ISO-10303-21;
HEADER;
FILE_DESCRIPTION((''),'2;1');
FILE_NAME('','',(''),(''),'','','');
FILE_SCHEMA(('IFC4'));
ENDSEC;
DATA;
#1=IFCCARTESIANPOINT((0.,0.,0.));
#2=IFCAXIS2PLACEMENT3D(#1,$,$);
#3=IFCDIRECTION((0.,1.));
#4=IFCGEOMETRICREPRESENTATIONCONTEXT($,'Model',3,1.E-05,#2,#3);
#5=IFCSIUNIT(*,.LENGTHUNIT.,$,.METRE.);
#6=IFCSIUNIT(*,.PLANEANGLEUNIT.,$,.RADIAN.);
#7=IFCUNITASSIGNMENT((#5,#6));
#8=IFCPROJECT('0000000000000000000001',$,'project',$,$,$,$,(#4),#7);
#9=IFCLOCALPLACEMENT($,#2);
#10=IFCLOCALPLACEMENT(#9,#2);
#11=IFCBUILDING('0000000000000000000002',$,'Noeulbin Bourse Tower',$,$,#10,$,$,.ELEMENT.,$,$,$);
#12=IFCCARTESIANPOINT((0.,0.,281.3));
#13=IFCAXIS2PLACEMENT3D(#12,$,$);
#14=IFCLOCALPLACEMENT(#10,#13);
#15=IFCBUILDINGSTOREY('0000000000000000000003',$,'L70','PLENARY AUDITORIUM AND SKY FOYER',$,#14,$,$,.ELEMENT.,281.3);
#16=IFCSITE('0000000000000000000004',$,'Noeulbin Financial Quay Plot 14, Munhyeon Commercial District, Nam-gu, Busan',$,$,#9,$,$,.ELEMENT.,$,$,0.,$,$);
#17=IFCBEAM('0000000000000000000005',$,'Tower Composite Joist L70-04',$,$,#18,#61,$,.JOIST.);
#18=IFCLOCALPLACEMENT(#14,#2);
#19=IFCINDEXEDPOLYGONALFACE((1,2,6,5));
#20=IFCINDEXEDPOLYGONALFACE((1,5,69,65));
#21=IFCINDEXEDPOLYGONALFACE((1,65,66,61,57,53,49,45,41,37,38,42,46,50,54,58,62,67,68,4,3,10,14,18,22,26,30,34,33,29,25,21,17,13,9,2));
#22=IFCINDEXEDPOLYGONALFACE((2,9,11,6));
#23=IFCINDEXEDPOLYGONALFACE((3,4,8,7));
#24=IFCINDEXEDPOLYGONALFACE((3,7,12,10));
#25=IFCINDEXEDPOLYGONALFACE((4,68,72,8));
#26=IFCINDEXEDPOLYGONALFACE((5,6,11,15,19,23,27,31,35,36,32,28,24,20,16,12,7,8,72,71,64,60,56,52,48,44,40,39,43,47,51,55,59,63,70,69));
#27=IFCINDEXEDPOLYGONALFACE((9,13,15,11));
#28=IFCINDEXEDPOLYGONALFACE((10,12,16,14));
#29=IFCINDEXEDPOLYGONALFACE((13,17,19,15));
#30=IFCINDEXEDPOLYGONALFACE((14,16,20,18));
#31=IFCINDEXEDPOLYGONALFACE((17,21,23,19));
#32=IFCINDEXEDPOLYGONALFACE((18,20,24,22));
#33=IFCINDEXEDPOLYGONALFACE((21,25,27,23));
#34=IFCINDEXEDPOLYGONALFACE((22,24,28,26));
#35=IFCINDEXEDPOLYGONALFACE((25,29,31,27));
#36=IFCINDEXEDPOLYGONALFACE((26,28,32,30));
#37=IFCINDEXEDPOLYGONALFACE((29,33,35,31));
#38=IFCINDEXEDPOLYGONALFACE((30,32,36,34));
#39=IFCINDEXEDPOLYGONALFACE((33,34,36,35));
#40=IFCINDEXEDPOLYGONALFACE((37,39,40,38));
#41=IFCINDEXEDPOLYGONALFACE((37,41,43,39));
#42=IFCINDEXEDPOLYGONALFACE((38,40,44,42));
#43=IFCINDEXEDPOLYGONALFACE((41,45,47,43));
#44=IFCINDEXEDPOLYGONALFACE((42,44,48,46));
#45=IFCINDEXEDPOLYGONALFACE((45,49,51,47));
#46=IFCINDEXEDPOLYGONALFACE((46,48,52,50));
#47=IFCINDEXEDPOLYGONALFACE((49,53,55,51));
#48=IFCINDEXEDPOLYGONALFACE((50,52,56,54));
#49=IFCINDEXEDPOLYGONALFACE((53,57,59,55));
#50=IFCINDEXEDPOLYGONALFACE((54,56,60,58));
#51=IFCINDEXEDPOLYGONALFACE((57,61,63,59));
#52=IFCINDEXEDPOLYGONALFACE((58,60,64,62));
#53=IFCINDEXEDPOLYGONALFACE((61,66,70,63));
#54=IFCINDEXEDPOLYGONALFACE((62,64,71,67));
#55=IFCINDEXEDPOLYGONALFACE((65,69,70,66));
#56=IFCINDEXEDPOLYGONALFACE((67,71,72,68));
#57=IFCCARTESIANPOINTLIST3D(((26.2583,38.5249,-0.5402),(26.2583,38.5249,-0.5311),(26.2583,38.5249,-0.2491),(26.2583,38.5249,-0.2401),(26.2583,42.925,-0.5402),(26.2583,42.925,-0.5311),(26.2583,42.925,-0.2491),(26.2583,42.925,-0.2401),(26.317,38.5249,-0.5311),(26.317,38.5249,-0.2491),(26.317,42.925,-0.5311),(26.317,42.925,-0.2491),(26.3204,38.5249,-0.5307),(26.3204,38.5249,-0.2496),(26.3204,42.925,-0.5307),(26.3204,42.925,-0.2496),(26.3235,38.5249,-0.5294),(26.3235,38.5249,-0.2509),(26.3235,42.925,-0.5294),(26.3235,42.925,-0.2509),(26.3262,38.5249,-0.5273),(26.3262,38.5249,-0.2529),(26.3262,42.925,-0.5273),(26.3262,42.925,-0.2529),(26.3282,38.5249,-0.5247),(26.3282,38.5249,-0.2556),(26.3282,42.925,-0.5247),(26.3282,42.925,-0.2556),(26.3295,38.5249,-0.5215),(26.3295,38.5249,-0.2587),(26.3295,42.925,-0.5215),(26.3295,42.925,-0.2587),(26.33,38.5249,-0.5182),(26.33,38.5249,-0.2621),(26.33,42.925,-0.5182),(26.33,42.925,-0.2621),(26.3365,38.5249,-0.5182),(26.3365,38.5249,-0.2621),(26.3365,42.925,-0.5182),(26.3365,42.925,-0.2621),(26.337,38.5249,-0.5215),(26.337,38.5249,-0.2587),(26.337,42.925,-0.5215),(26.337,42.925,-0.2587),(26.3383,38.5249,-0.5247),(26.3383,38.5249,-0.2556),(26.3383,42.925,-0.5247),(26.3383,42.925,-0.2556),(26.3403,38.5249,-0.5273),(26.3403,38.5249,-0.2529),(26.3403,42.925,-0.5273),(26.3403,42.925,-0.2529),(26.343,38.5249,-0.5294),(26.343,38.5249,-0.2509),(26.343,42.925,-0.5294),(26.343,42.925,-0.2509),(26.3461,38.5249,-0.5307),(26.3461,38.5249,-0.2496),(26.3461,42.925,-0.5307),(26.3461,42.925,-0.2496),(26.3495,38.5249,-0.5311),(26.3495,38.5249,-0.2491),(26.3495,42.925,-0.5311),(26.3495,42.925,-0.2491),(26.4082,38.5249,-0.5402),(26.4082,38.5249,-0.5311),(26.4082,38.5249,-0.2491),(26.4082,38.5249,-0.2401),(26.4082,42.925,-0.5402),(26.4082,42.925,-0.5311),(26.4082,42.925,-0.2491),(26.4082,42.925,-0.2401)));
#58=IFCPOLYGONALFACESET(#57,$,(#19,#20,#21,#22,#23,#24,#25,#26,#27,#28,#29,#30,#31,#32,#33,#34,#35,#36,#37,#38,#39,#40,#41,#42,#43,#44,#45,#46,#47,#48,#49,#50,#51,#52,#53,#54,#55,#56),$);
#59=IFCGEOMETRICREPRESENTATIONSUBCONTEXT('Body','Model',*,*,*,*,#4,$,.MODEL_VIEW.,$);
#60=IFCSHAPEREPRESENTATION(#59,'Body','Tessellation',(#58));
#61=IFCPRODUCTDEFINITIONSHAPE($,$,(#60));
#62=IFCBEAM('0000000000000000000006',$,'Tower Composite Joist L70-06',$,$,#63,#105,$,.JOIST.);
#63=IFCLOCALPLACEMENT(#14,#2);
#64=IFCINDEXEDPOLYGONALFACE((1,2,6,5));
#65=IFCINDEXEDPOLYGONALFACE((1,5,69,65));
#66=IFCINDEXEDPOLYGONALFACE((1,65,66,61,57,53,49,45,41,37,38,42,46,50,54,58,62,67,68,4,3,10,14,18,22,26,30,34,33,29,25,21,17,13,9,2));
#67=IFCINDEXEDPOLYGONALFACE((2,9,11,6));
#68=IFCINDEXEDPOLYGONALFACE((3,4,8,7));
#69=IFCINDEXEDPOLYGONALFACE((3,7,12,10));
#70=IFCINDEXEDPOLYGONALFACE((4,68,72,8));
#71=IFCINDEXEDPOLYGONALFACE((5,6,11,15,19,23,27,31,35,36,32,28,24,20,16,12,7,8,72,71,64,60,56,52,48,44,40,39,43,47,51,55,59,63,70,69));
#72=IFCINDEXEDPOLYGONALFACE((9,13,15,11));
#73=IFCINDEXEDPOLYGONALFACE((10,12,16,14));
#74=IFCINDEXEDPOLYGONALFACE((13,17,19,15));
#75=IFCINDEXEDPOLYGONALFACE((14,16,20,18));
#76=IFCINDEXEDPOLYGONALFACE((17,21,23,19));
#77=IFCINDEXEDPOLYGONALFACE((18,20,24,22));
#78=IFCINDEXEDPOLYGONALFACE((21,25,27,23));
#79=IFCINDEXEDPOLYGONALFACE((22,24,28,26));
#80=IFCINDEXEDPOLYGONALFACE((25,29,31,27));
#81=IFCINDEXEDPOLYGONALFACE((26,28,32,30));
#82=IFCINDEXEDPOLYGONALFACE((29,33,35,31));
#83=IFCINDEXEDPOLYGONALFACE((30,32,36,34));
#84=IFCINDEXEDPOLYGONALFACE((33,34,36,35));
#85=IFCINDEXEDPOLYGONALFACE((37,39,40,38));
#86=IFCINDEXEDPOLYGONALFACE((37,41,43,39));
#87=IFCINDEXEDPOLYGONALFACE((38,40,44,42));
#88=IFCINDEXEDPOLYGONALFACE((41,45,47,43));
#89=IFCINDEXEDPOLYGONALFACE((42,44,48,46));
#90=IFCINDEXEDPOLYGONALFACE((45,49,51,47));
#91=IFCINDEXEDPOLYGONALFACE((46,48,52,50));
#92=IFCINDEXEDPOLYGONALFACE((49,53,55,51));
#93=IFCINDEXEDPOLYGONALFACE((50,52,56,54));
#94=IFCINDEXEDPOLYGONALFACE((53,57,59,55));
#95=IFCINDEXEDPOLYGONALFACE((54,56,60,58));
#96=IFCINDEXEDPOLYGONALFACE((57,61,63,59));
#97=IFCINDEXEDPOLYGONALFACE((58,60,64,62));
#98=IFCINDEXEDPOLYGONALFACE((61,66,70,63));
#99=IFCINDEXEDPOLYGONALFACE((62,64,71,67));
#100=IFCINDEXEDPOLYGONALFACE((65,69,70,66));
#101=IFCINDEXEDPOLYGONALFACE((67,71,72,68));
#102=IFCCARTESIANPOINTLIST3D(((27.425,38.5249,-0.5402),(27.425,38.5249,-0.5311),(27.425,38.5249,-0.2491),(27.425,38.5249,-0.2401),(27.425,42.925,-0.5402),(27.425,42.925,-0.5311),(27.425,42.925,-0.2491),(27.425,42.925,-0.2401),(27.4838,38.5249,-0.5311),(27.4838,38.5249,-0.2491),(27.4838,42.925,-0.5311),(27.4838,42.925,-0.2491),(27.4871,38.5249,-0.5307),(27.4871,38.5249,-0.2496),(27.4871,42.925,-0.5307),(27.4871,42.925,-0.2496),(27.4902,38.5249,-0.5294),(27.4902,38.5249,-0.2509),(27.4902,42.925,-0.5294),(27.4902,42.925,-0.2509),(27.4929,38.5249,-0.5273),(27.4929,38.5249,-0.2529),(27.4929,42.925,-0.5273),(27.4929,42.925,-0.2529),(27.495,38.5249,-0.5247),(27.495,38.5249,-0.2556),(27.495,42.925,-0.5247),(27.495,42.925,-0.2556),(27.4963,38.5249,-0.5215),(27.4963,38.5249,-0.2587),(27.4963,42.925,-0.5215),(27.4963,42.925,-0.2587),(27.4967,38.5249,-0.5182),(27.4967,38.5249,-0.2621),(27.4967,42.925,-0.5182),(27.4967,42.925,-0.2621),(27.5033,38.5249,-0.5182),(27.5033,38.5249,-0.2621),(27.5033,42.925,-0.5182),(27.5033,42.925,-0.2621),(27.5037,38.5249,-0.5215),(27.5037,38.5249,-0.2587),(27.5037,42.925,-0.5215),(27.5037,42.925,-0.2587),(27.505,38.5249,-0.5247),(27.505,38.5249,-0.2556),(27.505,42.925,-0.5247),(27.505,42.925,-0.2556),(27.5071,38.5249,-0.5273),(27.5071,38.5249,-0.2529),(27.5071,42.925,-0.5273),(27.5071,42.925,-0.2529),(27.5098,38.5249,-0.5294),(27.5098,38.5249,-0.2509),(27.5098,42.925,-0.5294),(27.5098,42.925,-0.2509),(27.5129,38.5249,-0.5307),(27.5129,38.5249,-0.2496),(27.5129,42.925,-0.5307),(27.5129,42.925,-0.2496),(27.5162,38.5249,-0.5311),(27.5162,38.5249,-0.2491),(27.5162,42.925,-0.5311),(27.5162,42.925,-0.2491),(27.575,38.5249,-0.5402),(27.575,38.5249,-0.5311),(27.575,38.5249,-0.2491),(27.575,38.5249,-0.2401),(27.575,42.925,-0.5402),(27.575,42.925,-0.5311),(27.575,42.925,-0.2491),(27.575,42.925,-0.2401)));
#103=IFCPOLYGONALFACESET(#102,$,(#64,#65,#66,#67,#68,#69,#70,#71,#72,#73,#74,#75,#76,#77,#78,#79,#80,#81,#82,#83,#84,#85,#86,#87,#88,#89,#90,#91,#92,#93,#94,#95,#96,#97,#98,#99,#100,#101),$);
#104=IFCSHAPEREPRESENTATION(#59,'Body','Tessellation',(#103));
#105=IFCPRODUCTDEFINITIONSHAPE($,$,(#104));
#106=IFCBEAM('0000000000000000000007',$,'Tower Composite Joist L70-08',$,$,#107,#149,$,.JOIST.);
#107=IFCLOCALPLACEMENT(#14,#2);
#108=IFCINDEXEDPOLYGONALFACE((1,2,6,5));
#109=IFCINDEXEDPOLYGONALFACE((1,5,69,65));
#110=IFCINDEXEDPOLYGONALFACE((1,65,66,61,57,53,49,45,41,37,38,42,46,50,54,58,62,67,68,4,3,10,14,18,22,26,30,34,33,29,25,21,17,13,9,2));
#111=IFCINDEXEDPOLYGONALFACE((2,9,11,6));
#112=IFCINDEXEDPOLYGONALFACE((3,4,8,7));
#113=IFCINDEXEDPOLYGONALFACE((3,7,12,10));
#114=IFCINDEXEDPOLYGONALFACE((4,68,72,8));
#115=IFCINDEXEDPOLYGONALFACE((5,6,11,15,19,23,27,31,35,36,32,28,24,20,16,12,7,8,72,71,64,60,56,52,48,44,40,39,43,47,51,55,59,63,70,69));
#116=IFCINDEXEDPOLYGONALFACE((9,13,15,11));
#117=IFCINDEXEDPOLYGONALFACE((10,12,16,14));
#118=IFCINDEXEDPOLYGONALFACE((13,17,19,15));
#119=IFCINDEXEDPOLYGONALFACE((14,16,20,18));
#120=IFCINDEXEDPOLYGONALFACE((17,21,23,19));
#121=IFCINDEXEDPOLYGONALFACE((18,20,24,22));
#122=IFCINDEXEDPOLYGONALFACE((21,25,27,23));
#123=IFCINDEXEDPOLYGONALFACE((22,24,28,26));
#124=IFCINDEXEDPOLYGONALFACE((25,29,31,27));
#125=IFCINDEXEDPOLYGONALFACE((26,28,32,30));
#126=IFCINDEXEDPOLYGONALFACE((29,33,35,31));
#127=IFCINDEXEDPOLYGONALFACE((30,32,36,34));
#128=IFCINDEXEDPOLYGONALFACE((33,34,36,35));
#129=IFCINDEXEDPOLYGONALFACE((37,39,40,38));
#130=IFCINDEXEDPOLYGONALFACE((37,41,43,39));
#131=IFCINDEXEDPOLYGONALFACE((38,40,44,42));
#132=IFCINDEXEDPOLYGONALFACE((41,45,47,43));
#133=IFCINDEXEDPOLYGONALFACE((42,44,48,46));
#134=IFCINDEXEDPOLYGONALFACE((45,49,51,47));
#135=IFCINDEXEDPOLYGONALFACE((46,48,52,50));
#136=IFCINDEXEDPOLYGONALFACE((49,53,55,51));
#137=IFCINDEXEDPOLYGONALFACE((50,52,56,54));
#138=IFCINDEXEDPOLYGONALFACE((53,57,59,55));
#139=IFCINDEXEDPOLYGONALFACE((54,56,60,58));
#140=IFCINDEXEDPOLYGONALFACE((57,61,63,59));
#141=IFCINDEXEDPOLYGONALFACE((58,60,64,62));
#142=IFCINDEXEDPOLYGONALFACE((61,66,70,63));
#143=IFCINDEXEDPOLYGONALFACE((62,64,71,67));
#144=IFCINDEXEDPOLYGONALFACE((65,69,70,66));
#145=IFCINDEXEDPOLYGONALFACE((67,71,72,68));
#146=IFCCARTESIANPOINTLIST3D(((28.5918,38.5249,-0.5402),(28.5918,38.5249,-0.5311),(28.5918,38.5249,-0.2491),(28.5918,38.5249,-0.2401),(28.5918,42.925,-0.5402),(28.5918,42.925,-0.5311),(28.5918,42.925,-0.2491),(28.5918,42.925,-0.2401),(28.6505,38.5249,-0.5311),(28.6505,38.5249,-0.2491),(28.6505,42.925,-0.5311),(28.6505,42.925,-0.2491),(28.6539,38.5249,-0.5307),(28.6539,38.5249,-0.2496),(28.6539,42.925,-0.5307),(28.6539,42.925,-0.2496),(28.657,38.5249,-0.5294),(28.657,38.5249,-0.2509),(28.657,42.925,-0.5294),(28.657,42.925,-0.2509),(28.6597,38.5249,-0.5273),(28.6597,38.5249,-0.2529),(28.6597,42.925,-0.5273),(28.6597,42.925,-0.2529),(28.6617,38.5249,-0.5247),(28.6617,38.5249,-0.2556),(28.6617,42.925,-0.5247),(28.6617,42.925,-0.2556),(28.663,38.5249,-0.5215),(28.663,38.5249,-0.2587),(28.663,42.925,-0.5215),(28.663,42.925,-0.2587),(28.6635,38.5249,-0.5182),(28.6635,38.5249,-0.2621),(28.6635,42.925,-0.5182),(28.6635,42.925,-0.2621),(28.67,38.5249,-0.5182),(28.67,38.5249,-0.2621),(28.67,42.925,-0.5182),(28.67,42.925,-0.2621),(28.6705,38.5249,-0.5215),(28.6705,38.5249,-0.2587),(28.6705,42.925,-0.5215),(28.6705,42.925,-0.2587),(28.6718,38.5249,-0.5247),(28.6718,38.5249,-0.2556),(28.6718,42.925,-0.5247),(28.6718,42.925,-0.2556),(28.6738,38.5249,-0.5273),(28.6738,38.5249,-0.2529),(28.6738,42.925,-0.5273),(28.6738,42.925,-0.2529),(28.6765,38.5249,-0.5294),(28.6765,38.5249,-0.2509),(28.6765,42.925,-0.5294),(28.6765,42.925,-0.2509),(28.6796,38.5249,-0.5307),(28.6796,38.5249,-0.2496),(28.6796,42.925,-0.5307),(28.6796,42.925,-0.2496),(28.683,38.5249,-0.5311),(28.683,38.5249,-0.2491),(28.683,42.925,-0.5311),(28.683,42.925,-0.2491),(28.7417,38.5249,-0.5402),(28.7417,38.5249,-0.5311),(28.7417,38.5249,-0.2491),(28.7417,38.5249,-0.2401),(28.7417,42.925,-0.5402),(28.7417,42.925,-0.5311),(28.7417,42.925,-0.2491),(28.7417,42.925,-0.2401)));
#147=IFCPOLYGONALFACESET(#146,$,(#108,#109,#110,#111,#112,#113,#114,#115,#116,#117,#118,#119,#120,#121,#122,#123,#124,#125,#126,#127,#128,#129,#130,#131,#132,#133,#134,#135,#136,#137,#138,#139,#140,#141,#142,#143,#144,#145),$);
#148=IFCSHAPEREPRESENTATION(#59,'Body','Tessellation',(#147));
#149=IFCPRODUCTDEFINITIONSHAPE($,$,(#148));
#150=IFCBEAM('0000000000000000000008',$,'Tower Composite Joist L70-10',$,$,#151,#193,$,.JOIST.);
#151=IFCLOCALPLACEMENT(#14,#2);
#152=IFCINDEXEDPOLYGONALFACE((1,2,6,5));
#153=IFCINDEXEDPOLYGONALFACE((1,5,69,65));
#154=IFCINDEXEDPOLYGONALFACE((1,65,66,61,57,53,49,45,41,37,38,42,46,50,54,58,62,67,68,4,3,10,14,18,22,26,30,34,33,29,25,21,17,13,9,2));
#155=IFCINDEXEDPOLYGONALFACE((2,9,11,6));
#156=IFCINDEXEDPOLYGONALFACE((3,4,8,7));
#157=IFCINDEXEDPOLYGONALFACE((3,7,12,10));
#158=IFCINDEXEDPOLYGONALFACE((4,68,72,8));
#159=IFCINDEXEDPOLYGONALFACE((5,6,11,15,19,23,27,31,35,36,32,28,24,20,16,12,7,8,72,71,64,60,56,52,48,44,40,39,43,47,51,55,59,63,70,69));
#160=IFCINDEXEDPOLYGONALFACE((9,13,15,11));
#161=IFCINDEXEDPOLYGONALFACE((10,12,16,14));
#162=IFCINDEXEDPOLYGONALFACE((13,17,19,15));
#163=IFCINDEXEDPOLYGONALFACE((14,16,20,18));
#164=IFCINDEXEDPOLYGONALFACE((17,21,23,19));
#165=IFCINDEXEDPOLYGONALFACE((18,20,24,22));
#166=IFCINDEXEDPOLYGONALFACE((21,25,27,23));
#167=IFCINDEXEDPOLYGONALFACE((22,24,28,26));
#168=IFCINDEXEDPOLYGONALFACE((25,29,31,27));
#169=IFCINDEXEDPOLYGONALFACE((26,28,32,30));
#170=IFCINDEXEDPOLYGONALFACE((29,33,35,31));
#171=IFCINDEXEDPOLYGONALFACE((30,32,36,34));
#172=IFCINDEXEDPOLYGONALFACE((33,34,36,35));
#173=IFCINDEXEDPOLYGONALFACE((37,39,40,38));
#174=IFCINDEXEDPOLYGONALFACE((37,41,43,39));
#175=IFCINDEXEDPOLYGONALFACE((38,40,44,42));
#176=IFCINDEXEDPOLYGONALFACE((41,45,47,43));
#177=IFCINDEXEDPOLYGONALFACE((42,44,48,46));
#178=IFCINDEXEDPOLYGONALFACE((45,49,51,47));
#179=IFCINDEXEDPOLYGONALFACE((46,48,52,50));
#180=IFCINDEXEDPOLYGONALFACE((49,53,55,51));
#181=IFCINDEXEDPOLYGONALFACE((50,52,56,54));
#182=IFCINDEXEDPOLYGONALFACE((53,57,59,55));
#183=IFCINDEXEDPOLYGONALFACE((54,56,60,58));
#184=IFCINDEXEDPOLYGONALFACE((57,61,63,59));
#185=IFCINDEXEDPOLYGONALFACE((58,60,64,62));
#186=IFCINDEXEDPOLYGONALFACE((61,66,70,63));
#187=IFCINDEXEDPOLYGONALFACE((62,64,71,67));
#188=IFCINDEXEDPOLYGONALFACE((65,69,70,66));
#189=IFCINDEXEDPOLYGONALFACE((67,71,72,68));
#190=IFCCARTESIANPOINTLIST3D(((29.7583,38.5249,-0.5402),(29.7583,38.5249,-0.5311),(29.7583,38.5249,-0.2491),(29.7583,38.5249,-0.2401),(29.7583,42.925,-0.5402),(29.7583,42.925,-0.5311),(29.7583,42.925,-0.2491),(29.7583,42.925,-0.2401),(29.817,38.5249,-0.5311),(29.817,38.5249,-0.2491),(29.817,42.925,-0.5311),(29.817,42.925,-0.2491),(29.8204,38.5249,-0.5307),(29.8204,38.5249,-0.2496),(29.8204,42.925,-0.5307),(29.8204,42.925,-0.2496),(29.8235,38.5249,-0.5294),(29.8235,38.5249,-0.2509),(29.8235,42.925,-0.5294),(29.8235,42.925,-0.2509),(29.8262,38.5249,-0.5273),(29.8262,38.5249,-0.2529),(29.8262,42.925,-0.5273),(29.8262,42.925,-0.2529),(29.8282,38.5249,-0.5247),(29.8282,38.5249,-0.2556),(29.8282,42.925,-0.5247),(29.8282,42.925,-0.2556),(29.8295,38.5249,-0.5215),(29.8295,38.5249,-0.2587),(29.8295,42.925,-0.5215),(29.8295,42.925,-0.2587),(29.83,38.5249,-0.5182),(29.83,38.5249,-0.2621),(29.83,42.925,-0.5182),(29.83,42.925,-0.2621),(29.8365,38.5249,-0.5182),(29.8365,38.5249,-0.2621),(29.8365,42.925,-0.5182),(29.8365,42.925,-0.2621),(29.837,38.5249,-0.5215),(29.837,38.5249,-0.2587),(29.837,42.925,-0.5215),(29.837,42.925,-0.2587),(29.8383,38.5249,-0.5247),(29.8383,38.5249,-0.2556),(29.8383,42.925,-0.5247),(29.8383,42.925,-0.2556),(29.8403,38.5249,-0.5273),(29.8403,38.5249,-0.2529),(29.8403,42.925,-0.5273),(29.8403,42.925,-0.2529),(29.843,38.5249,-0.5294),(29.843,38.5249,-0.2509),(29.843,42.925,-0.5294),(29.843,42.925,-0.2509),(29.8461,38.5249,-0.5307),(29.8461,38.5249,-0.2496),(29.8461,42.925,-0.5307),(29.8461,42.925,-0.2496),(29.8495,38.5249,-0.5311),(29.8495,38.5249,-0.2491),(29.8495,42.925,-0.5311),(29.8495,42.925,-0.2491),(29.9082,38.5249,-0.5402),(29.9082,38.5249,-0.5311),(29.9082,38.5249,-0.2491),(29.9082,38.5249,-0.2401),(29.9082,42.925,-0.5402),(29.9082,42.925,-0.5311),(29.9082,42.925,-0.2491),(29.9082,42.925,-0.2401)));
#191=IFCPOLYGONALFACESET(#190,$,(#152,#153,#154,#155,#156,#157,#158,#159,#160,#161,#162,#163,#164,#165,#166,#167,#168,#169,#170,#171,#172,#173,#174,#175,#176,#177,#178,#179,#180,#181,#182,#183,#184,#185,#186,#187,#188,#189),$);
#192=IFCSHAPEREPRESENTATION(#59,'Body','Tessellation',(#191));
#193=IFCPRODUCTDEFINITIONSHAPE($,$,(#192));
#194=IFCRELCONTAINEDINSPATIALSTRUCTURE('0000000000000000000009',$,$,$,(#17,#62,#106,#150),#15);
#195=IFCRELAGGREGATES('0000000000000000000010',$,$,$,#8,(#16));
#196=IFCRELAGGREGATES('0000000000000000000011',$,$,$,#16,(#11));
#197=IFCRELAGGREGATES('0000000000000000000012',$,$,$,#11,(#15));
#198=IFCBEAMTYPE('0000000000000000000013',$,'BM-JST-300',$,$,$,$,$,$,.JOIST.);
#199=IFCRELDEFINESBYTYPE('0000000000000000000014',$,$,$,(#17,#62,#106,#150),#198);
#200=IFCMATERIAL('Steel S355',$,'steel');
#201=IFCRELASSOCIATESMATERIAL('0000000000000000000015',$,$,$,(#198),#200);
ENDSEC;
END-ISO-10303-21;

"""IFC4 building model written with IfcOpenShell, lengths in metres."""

from ifc_helpers import new_model, si_unit, direction, frame, origin, origin_2d, place, context, subcontext, project, spatial, i_section, extrude, material, material_profile, profile_set, type_object, element, save


model = new_model("IFC4")

# Units and contexts
model_context = context("Model", 3, precision=1e-05, world=origin(), true_north=direction((0.0, 1.0)))
body_context = subcontext(model_context, "Body", "Model", "MODEL_VIEW")
ifc_project = project(units=[si_unit("LENGTHUNIT", "METRE"), si_unit("PLANEANGLEUNIT", "RADIAN")], contexts=[model_context])

# Site, building, storey
site_placement = place(None, origin())
site = spatial("IfcSite", under=ifc_project, at=site_placement, Name="Noeulbin Financial Quay Plot 14, Munhyeon Commercial District, Nam-gu, Busan", CompositionType="ELEMENT", RefElevation=0.0)
building_placement = place(site_placement, origin())
building = spatial("IfcBuilding", under=site, at=building_placement, Name="Noeulbin Bourse Tower", CompositionType="ELEMENT")
storey_placement = place(building_placement, frame((0.0, 0.0, 281.3)))
storey = spatial("IfcBuildingStorey", under=building, at=storey_placement, Name="L70", Description="PLENARY AUDITORIUM AND SKY FOYER", CompositionType="ELEMENT", Elevation=281.3)

# Shared definitions
ifc_material_1 = material(Name="Steel S355", Category="steel")

# Beams
ifc_material_profile_1 = material_profile(ifc_material_1, i_section(OverallWidth=0.1499, OverallDepth=0.3, WebThickness=0.0066, FlangeThickness=0.009, FilletRadius=0.0129, at=origin_2d()), Name="H-300x150x6.5x9", Category="LoadBearing")
ifc_profile_set_1 = profile_set([ifc_material_profile_1], Name="Steel S355")
beam_type_1 = type_object("IfcBeamType", Name="BM-JST-300", PredefinedType="JOIST", material=ifc_profile_set_1)
for number, where, z_axis, x_axis, name in (
    (1, (26.3333, 38.5249, -0.3901), (0.0, 1.0, 0.0), (-1.0, 0.0, 0.0), "Tower Composite Joist L70-04"),
    (2, (27.5, 38.5249, -0.3901), (0.0, 1.0, 0.0), (-1.0, 0.0, 0.0), "Tower Composite Joist L70-06"),
    (3, (28.6667, 38.5249, -0.3901), (0.0, 1.0, 0.0), (-1.0, 0.0, 0.0), "Tower Composite Joist L70-08"),
    (4, (29.8333, 38.5249, -0.3901), (0.0, 1.0, 0.0), (-1.0, 0.0, 0.0), "Tower Composite Joist L70-10"),
):
    element("IfcBeam", number, at=place(storey_placement, frame(where, z_axis=z_axis, x_axis=x_axis)), inside=storey, type_object=beam_type_1, Name=name, PredefinedType="JOIST", context=body_context, shape_type="SweptSolid", body=[
        extrude(i_section(OverallWidth=0.1499, OverallDepth=0.3, WebThickness=0.0066, FlangeThickness=0.009, FilletRadius=0.0129, at=origin_2d()), origin(), (0.0, 0.0, 1.0), 4.4001),
    ])

save(model, "model.ifc")
